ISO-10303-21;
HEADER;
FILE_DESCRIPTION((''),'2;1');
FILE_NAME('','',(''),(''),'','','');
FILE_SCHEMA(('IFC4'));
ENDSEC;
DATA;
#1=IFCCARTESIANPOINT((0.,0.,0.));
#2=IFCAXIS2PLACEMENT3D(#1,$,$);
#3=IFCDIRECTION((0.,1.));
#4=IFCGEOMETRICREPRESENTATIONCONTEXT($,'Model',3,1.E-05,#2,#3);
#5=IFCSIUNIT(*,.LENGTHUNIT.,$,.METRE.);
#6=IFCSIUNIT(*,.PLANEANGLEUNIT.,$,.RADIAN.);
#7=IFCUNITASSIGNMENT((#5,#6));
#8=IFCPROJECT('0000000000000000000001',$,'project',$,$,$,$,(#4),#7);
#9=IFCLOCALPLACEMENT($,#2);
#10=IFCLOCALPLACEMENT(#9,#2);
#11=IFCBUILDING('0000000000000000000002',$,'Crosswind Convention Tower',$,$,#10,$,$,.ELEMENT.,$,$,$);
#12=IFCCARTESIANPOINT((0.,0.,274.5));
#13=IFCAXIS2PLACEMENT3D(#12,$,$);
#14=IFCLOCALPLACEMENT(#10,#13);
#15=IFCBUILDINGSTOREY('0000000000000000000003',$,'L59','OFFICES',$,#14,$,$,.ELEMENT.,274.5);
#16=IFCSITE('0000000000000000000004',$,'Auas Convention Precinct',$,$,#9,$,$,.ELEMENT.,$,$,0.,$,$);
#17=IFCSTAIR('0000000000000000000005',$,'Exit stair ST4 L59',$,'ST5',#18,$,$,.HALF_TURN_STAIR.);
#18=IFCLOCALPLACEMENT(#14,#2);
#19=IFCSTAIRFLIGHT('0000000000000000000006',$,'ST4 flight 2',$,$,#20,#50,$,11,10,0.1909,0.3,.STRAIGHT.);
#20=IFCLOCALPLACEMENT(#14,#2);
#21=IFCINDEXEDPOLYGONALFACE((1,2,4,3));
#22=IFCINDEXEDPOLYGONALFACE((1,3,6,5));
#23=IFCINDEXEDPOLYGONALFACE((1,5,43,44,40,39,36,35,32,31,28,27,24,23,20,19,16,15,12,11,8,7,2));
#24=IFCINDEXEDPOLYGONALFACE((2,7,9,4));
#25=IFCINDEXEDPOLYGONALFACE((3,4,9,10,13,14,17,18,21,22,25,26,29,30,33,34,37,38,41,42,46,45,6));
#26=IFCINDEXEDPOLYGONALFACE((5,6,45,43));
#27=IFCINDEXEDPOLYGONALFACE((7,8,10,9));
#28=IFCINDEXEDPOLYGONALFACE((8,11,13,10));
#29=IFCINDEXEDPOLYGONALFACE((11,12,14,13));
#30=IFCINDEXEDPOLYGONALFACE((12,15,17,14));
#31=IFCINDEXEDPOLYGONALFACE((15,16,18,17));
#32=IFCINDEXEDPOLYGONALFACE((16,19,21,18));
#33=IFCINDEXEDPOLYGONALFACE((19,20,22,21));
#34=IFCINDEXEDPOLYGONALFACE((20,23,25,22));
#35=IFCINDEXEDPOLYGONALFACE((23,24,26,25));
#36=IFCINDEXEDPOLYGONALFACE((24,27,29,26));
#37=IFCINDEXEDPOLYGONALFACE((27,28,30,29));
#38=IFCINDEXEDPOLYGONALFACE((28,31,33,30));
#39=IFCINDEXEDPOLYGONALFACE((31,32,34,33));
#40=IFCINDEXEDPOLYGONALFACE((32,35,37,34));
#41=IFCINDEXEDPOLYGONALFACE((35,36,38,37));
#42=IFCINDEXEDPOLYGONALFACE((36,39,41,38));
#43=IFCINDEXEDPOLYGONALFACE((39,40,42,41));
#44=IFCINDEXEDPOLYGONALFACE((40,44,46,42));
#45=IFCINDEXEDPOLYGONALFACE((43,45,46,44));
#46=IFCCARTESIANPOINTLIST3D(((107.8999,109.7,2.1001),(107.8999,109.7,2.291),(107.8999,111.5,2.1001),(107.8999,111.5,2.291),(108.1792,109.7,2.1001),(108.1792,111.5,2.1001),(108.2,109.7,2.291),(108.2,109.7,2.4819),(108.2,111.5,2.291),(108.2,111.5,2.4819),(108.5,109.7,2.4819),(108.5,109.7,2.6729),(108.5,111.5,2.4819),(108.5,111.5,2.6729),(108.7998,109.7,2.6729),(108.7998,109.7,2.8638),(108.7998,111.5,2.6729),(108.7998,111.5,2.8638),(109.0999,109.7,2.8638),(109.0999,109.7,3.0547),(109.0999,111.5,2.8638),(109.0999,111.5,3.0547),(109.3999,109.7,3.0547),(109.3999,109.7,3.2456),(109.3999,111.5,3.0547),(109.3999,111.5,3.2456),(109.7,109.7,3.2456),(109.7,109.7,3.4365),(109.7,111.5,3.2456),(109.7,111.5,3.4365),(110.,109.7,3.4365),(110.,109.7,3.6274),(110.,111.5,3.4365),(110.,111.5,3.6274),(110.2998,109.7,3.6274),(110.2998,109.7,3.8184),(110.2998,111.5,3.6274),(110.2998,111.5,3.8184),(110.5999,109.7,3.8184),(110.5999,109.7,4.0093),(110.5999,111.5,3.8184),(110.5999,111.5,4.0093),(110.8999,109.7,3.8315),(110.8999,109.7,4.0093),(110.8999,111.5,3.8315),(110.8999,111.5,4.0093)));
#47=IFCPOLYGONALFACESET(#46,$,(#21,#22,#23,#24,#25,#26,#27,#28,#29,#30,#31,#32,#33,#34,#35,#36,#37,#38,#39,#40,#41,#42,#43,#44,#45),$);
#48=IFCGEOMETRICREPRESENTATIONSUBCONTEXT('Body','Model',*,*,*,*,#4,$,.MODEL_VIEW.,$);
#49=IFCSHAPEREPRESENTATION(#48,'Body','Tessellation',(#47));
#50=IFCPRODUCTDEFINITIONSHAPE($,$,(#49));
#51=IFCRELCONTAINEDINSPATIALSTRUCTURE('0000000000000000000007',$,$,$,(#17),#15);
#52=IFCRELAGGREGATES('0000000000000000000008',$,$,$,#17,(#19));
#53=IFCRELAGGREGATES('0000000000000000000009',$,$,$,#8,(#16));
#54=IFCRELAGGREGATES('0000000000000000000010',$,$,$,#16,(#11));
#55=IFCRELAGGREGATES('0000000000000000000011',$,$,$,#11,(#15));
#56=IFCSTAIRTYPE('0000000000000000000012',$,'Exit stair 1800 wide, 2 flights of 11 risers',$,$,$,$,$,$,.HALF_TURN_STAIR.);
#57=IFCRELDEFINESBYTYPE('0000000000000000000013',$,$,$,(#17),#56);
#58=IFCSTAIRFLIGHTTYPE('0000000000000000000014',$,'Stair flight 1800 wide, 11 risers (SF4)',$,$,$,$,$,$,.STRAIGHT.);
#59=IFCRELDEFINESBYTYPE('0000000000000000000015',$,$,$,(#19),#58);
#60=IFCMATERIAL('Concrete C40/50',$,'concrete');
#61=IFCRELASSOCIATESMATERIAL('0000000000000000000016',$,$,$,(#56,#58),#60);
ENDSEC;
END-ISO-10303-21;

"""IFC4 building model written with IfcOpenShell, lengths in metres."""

from ifc_helpers import new_model, si_unit, direction, frame, origin, place, context, subcontext, project, spatial, polyline, outline, extrude, material, type_object, element, aggregate, save


model = new_model("IFC4")

# Units and contexts
model_context = context("Model", 3, precision=1e-05, world=origin(), true_north=direction((0.0, 1.0)))
body_context = subcontext(model_context, "Body", "Model", "MODEL_VIEW")
ifc_project = project(units=[si_unit("LENGTHUNIT", "METRE"), si_unit("PLANEANGLEUNIT", "RADIAN")], contexts=[model_context])

# Site, building, storey
site_placement = place(None, origin())
site = spatial("IfcSite", under=ifc_project, at=site_placement, Name="Auas Convention Precinct", CompositionType="ELEMENT", RefElevation=0.0)
building_placement = place(site_placement, origin())
building = spatial("IfcBuilding", under=site, at=building_placement, Name="Crosswind Convention Tower", CompositionType="ELEMENT")
storey_placement = place(building_placement, frame((0.0, 0.0, 274.5)))
storey = spatial("IfcBuildingStorey", under=building, at=storey_placement, Name="L59", Description="OFFICES", CompositionType="ELEMENT", Elevation=274.5)

# Stair, stair flight
ifc_material_1 = material(Name="Concrete C40/50", Category="concrete")
stair_type = type_object("IfcStairType", Name="Exit stair 1800 wide, 2 flights of 11 risers", PredefinedType="HALF_TURN_STAIR", material=ifc_material_1)
stair_placement = place(storey_placement, origin())
stair = element("IfcStair", 1, at=stair_placement, inside=storey, type_object=stair_type, Name="Exit stair ST4 L59", ObjectType="ST5", PredefinedType="HALF_TURN_STAIR")
stair_flight_type = type_object("IfcStairFlightType", Name="Stair flight 1800 wide, 11 risers (SF4)", PredefinedType="STRAIGHT", material=ifc_material_1)
stair_flight_placement = place(storey_placement, frame((107.8999, 110.6001, 2.1001), z_axis=(0.0, 0.0, 1.0), x_axis=(1.0, 0.0, 0.0)))
stair_flight = element("IfcStairFlight", 2, at=stair_flight_placement, type_object=stair_flight_type, Name="ST4 flight 2", NumberOfRisers=11, NumberOfTreads=10, PredefinedType="STRAIGHT", RiserHeight=0.1909, TreadLength=0.3, context=body_context, shape_type="SweptSolid", body=[
    extrude(outline(polyline([(0.0, 0.0), (0.0, 0.1909), (0.3, 0.1909), (0.3, 0.3818), (0.6001, 0.3818), (0.6001, 0.5728), (0.8999, 0.5728), (0.8999, 0.7637), (1.2, 0.7637), (1.2, 0.9546), (1.5, 0.9546), (1.5, 1.1455), (1.8, 1.1455), (1.8, 1.3364), (2.1001, 1.3364), (2.1001, 1.5273), (2.3999, 1.5273), (2.3999, 1.7183), (2.7, 1.7183), (2.7, 1.9092), (3.0, 1.9092), (3.0, 2.1001), (3.0, 1.7314), (0.2793, 0.0), (0.0, 0.0)])), frame((0.0, 0.8999, 0.0), z_axis=(0.0, -1.0, 0.0), x_axis=(1.0, 0.0, 0.0)), (0.0, 0.0, 1.0), 1.8),
])
aggregate(stair, [stair_flight])

save(model, "model.ifc")
